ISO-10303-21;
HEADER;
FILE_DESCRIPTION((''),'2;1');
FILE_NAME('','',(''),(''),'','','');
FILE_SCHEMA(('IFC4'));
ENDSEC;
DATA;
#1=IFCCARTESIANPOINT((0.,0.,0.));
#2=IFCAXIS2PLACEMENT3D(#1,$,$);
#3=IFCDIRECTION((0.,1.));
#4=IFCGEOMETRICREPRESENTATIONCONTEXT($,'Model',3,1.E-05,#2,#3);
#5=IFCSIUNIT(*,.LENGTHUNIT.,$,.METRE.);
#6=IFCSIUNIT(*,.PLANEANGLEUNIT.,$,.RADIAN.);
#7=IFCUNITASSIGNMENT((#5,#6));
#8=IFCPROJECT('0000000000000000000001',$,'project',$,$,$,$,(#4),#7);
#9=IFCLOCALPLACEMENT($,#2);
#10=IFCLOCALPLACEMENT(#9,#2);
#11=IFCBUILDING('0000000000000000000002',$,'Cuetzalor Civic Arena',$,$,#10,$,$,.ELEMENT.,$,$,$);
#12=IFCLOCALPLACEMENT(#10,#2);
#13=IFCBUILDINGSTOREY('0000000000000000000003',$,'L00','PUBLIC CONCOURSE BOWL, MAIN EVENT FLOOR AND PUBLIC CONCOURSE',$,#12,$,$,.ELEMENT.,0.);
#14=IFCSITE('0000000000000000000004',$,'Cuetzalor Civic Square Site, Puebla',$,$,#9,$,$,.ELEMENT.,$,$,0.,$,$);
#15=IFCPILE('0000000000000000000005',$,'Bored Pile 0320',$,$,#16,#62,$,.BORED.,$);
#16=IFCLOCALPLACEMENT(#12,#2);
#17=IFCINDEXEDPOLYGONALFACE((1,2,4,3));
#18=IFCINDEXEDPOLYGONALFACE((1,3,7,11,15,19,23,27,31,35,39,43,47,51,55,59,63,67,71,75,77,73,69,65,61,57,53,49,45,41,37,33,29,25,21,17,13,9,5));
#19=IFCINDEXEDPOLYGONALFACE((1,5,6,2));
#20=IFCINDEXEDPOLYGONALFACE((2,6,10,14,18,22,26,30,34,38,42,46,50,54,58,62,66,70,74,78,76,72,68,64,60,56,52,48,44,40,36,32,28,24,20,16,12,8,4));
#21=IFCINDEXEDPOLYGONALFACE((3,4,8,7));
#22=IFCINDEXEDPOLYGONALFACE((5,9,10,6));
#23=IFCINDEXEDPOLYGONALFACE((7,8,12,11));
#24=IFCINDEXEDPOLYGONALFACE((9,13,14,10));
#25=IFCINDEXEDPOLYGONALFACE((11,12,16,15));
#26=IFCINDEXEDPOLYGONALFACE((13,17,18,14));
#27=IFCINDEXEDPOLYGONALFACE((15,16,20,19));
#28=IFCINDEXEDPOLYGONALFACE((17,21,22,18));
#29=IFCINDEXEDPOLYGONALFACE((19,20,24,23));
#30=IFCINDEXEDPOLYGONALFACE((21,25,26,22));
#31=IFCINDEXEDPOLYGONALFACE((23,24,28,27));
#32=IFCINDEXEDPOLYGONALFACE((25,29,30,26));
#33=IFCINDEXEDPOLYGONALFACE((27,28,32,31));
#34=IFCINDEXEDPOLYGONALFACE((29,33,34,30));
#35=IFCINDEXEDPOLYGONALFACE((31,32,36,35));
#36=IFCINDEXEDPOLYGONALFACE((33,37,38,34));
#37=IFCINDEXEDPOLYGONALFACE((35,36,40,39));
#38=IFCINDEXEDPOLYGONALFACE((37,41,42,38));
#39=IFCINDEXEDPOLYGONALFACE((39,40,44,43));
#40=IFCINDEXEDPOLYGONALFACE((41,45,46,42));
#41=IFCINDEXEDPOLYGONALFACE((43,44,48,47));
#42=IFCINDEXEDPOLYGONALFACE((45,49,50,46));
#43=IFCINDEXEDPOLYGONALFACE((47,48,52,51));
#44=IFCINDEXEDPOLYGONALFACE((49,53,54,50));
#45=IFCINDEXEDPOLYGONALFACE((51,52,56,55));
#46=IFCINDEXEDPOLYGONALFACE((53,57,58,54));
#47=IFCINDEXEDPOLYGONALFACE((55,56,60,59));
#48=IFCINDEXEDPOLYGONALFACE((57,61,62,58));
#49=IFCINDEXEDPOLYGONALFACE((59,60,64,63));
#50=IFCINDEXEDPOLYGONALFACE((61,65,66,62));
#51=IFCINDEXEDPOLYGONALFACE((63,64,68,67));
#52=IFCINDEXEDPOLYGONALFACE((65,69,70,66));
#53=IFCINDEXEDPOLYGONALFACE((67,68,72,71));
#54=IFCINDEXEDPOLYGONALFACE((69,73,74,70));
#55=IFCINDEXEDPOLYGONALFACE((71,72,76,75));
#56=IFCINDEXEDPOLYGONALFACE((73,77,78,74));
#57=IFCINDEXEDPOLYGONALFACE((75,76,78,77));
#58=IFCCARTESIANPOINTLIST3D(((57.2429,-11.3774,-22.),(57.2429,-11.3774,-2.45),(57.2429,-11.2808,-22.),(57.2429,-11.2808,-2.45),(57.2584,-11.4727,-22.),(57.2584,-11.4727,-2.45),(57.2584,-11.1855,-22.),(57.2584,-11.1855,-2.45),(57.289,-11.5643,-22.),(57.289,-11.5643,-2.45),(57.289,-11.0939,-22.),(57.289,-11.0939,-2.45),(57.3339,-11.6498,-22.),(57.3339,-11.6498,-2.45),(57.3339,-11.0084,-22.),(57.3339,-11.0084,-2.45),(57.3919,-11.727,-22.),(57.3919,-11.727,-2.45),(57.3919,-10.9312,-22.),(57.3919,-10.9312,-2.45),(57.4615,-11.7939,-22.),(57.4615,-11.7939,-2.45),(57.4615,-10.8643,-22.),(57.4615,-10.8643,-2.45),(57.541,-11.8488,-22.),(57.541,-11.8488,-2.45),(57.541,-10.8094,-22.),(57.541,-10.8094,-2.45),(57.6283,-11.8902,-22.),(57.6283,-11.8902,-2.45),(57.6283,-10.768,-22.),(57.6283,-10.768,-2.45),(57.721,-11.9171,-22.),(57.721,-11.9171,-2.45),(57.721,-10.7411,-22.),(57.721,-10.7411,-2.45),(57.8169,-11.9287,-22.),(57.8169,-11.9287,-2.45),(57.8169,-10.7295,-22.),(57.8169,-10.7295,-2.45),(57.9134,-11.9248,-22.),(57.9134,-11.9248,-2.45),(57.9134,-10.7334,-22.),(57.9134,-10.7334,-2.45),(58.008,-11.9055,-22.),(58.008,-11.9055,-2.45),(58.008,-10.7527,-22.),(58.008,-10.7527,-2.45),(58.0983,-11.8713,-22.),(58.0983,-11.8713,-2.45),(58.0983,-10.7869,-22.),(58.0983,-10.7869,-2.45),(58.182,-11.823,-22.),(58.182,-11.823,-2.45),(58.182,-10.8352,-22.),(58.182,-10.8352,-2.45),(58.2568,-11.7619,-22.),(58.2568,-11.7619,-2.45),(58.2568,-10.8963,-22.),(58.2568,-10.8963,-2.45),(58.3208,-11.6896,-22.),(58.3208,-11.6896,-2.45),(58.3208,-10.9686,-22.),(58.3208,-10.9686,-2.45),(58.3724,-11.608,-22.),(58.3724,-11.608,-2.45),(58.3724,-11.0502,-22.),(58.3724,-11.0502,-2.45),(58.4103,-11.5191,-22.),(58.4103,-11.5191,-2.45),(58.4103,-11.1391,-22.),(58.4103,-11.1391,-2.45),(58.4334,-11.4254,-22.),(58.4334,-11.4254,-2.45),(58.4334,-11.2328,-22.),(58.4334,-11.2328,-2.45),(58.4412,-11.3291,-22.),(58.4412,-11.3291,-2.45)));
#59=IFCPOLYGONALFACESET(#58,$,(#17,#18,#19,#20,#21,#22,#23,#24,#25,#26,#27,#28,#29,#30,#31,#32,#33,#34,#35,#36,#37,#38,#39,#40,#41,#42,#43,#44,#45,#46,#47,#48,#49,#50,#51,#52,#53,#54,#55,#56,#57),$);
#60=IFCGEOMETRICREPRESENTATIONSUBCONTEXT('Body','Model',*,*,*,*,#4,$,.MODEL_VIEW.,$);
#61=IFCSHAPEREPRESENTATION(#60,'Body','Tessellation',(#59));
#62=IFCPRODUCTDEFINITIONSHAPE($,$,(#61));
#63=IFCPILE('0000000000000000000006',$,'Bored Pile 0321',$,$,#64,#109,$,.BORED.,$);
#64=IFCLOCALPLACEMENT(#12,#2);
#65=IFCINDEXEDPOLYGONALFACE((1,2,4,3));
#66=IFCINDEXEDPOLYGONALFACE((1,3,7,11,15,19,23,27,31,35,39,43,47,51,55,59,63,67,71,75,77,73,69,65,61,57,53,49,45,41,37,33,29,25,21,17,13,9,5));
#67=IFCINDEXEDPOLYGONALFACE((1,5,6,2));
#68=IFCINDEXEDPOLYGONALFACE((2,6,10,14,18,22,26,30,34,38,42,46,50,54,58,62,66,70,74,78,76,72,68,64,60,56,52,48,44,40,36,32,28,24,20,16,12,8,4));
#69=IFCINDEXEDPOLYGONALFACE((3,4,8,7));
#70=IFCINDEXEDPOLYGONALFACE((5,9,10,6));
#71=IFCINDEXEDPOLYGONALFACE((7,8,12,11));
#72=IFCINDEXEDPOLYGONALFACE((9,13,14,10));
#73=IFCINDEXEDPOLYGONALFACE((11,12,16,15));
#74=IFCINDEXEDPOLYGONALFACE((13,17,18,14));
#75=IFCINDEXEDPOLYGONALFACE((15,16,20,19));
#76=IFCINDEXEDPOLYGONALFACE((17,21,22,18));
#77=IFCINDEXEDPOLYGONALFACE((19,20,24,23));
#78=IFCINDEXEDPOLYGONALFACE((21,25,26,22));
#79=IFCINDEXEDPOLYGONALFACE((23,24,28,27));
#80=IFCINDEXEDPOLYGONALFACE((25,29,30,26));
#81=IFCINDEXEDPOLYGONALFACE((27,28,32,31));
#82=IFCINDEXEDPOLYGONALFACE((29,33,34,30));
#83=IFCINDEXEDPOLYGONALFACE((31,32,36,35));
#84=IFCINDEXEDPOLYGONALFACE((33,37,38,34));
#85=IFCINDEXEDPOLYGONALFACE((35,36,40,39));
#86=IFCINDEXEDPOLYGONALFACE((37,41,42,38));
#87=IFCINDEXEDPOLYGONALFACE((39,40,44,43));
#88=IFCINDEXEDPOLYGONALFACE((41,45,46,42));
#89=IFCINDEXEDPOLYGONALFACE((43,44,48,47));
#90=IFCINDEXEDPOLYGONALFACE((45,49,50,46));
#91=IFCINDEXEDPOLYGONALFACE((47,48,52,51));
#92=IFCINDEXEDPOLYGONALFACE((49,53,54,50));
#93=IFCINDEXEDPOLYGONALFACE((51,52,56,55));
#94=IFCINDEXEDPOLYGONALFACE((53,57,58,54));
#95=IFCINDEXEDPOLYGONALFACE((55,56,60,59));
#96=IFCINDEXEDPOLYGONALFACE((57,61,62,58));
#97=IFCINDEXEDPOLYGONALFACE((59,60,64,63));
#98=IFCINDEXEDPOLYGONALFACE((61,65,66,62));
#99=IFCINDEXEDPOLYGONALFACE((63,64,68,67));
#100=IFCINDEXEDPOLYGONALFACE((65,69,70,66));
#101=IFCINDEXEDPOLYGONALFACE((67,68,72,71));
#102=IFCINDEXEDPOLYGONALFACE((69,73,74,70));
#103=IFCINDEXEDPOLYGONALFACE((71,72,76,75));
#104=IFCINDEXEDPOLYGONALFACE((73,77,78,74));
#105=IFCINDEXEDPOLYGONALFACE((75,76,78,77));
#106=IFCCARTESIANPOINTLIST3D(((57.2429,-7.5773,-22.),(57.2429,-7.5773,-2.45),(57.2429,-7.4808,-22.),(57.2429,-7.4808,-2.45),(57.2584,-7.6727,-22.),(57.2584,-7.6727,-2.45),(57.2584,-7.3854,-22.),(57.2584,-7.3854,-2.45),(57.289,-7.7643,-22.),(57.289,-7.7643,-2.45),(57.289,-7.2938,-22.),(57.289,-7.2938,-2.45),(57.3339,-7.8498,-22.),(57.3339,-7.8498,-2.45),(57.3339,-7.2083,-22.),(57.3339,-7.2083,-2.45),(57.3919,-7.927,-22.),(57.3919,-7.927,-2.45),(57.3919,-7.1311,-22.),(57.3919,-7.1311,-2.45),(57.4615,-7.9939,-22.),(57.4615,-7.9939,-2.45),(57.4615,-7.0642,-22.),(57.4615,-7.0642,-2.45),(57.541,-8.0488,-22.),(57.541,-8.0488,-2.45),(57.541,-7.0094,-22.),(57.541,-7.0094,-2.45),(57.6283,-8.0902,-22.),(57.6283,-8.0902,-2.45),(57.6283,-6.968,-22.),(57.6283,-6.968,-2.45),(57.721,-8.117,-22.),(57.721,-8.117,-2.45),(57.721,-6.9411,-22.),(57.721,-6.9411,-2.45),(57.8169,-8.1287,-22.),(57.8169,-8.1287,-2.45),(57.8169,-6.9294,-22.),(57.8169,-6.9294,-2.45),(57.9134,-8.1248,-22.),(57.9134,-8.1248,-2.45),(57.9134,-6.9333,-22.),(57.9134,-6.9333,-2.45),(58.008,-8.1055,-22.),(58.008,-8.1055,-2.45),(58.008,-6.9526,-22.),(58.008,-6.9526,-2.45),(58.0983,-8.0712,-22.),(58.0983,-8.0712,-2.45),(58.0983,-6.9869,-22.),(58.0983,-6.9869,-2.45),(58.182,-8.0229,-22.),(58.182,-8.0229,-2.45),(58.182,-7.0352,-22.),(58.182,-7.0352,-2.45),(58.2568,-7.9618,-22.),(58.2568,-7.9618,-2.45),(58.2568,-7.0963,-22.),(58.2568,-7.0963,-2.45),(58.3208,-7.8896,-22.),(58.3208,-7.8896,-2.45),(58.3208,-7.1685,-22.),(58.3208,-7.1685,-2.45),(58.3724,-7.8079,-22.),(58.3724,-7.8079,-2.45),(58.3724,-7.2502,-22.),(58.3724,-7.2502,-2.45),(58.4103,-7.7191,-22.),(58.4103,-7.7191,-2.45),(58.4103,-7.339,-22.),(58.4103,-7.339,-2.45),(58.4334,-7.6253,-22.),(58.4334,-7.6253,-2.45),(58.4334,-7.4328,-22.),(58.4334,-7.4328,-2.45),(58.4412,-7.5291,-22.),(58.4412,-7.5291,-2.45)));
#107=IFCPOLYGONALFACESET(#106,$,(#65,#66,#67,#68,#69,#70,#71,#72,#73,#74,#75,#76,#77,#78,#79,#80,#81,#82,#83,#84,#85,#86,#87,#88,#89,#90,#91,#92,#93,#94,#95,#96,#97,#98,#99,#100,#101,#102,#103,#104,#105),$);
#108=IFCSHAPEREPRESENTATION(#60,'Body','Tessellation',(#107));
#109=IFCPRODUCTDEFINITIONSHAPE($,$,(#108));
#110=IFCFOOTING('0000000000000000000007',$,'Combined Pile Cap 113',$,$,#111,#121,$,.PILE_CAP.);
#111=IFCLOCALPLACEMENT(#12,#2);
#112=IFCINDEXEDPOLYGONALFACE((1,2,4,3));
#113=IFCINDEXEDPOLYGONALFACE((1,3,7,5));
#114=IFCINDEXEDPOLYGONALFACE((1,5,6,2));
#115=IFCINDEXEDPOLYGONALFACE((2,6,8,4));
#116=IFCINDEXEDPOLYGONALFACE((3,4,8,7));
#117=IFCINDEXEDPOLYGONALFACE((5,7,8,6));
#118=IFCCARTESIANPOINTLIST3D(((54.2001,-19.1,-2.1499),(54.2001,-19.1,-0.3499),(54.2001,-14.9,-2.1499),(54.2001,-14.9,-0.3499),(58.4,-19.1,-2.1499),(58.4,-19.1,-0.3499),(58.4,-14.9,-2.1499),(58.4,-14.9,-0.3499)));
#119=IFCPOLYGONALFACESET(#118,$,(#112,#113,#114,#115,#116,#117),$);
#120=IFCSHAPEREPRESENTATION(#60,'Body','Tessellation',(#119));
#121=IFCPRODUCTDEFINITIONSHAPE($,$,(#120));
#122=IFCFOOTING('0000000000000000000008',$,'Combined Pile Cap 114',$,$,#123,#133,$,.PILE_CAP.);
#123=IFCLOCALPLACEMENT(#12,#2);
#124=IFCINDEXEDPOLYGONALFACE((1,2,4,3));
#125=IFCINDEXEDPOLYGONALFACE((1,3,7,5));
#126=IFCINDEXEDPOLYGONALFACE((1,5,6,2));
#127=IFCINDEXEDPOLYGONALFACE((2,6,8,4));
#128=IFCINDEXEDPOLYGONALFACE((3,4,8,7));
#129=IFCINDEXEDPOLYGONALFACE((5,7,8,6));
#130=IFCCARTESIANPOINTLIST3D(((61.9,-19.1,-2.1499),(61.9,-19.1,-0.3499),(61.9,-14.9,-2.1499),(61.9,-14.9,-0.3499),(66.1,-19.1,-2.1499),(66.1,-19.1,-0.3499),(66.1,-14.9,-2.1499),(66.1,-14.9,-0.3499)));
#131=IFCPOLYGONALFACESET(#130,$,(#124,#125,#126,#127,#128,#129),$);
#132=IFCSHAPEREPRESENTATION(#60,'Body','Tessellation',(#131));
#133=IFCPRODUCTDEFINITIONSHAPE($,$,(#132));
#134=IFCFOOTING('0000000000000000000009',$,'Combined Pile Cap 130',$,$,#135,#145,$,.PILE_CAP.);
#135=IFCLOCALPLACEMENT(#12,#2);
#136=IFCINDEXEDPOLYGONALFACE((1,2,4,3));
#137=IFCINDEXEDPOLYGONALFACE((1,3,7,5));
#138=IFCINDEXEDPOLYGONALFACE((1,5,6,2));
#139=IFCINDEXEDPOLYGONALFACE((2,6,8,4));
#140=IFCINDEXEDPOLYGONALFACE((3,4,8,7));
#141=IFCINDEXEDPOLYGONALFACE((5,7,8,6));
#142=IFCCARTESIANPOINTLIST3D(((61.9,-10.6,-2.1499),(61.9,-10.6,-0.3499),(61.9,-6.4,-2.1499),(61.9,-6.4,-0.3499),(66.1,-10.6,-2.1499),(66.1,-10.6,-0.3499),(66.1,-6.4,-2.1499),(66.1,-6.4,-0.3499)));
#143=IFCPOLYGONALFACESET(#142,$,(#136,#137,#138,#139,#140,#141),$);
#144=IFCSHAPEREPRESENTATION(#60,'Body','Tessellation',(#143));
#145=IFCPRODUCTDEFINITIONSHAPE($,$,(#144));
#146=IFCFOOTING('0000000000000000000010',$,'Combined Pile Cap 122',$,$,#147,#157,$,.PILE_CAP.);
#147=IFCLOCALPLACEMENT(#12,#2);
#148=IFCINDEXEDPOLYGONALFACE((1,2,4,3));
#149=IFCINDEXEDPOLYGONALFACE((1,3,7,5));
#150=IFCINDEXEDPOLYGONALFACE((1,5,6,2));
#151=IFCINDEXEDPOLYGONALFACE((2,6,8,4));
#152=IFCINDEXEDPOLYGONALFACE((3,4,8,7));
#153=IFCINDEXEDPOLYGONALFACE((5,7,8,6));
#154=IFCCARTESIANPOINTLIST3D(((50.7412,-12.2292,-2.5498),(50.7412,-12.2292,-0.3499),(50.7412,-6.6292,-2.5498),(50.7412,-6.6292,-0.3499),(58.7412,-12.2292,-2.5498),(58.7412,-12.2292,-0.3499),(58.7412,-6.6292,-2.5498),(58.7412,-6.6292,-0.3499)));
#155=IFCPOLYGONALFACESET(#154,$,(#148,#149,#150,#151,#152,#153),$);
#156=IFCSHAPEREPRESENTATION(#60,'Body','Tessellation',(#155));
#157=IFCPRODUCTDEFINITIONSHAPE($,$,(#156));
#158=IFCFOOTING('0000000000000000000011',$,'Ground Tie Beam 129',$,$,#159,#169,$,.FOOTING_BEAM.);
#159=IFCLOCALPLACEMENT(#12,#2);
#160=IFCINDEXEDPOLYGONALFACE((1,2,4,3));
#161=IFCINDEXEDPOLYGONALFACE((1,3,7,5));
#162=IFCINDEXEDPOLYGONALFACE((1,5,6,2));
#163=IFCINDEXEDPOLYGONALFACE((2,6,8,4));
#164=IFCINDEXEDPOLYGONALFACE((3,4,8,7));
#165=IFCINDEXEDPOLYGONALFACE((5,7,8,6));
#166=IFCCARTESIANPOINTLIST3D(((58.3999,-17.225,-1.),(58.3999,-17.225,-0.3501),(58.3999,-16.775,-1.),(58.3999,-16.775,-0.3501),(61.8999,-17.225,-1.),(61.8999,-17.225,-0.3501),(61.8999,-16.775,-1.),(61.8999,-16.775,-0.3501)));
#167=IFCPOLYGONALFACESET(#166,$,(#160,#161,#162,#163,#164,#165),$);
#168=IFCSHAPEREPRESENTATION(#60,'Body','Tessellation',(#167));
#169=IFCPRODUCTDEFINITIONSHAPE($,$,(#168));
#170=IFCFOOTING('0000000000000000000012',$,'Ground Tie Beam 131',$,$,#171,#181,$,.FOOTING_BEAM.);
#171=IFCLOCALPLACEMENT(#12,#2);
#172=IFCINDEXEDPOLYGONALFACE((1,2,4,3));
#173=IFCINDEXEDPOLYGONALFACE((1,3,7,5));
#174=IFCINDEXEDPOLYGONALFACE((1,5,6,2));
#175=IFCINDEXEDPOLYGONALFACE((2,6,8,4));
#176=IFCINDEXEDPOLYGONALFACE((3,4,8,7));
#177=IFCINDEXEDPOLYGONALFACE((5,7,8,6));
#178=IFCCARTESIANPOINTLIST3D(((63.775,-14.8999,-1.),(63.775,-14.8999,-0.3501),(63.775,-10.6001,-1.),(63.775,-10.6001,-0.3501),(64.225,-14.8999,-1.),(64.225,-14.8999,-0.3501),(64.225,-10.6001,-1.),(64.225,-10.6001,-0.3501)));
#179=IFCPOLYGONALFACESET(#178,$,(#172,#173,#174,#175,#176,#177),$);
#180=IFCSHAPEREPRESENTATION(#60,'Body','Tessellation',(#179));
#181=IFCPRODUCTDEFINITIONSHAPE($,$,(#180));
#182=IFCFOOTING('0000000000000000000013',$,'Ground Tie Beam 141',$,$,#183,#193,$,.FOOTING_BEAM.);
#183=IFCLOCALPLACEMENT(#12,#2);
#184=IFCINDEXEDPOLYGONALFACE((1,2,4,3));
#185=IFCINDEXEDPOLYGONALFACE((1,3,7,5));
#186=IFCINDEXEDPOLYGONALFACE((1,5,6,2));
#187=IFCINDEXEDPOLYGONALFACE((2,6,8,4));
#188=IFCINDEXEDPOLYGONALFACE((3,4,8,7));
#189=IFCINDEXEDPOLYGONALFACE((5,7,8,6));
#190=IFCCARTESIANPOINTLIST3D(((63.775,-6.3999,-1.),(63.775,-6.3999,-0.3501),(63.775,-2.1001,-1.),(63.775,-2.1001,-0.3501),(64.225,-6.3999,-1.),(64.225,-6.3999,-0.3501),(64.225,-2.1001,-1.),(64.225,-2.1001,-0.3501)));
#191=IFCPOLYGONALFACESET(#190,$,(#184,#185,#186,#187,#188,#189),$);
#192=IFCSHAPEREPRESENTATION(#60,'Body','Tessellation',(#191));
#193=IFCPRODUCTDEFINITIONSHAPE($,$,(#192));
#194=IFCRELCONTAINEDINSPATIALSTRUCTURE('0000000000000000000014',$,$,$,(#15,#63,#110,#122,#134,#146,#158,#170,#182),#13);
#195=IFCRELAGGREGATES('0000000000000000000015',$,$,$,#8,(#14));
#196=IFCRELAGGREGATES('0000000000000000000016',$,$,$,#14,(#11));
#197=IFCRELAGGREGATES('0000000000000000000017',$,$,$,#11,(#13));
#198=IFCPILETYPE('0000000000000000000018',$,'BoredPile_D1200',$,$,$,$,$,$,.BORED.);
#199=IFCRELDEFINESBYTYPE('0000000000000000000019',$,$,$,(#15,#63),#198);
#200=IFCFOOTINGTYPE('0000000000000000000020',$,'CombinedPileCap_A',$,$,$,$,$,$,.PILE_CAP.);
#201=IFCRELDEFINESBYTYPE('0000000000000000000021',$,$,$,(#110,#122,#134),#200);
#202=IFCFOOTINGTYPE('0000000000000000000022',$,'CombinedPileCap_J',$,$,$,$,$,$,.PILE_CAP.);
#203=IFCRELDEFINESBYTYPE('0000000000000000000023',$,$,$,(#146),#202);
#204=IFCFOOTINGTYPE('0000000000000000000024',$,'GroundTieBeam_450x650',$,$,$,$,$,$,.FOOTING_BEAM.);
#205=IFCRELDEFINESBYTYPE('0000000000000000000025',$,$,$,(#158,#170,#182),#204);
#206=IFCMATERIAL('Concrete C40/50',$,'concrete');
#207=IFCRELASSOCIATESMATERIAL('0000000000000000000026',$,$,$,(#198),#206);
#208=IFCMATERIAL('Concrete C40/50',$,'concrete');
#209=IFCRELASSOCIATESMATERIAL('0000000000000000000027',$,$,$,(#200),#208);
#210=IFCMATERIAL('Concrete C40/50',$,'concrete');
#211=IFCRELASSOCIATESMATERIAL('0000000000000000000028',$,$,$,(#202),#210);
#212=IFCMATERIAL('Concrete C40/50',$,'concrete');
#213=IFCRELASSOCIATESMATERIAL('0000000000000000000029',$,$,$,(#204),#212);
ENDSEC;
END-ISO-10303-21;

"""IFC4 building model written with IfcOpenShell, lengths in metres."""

from ifc_helpers import new_model, si_unit, direction, frame, origin, origin_2d, place, context, subcontext, project, spatial, rectangle, circle, extrude, material, material_profile, profile_set, type_object, element, save


model = new_model("IFC4")

# Units and contexts
model_context = context("Model", 3, precision=1e-05, world=origin(), true_north=direction((0.0, 1.0)))
body_context = subcontext(model_context, "Body", "Model", "MODEL_VIEW")
ifc_project = project(units=[si_unit("LENGTHUNIT", "METRE"), si_unit("PLANEANGLEUNIT", "RADIAN")], contexts=[model_context])

# Site, building, storey
site_placement = place(None, origin())
site = spatial("IfcSite", under=ifc_project, at=site_placement, Name="Cuetzalor Civic Square Site, Puebla", CompositionType="ELEMENT", RefElevation=0.0)
building_placement = place(site_placement, origin())
building = spatial("IfcBuilding", under=site, at=building_placement, Name="Cuetzalor Civic Arena", CompositionType="ELEMENT")
storey_placement = place(building_placement, origin())
storey = spatial("IfcBuildingStorey", under=building, at=storey_placement, Name="L00", Description="PUBLIC CONCOURSE BOWL, MAIN EVENT FLOOR AND PUBLIC CONCOURSE", CompositionType="ELEMENT", Elevation=0.0)

# Piles
ifc_material_1 = material(Name="Concrete C40/50", Category="concrete")
ifc_material_profile_1 = material_profile(ifc_material_1, circle(Radius=0.6001, at=origin_2d()), Name="BORED PILE D1200")
ifc_profile_set_1 = profile_set([ifc_material_profile_1], Name="Concrete C40/50")
pile_type_1 = type_object("IfcPileType", Name="BoredPile_D1200", PredefinedType="BORED", material=ifc_profile_set_1)
for number, where, z_axis, x_axis, name in (
    (1, (57.8411, -11.3291, -2.45), (0.0, 0.0, -1.0), (1.0, 0.0, 0.0), "Bored Pile 0320"),
    (2, (57.8411, -7.5291, -2.45), (0.0, 0.0, -1.0), (1.0, 0.0, 0.0), "Bored Pile 0321"),
):
    element("IfcPile", number, at=place(storey_placement, frame(where, z_axis=z_axis, x_axis=x_axis)), inside=storey, type_object=pile_type_1, Name=name, PredefinedType="BORED", context=body_context, shape_type="SweptSolid", body=[
        extrude(circle(Radius=0.6001, at=origin_2d()), origin(), (0.0, 0.0, 1.0), 19.55),
    ])

# Footings
ifc_material_2 = material(Name="Concrete C40/50", Category="concrete")
footing_type_1 = type_object("IfcFootingType", Name="CombinedPileCap_A", PredefinedType="PILE_CAP", material=ifc_material_2)
for number, where, z_axis, x_axis, name in (
    (3, (56.3, -17.0, -2.1499), (0.0, 0.0, 1.0), (1.0, 0.0, 0.0), "Combined Pile Cap 113"),
    (4, (64.0, -17.0, -2.1499), (0.0, 0.0, 1.0), (1.0, 0.0, 0.0), "Combined Pile Cap 114"),
    (5, (64.0, -8.5, -2.1499), (0.0, 0.0, 1.0), (1.0, 0.0, 0.0), "Combined Pile Cap 130"),
):
    element("IfcFooting", number, at=place(storey_placement, frame(where, z_axis=z_axis, x_axis=x_axis)), inside=storey, type_object=footing_type_1, Name=name, PredefinedType="PILE_CAP", context=body_context, shape_type="SweptSolid", body=[
        extrude(rectangle(XDim=4.2, YDim=4.2, at=origin_2d()), origin(), (0.0, 0.0, 1.0), 1.8),
    ])
ifc_material_3 = material(Name="Concrete C40/50", Category="concrete")
footing_type_2 = type_object("IfcFootingType", Name="CombinedPileCap_J", PredefinedType="PILE_CAP", material=ifc_material_3)
footing_1_placement = place(storey_placement, frame((54.7412, -9.4292, -2.5498), z_axis=(0.0, 0.0, 1.0), x_axis=(1.0, 0.0, 0.0)))
element("IfcFooting", 6, at=footing_1_placement, inside=storey, type_object=footing_type_2, Name="Combined Pile Cap 122", PredefinedType="PILE_CAP", context=body_context, shape_type="SweptSolid", body=[
    extrude(rectangle(XDim=8.0, YDim=5.6001, at=origin_2d()), origin(), (0.0, 0.0, 1.0), 2.2),
])
ifc_material_4 = material(Name="Concrete C40/50", Category="concrete")
ifc_material_profile_2 = material_profile(ifc_material_4, rectangle(XDim=0.45, YDim=0.6499, at=origin_2d()), Name="RC 450x650")
ifc_profile_set_2 = profile_set([ifc_material_profile_2], Name="Concrete C40/50")
footing_type_3 = type_object("IfcFootingType", Name="GroundTieBeam_450x650", PredefinedType="FOOTING_BEAM", material=ifc_profile_set_2)
footing_2_placement = place(storey_placement, frame((58.3999, -17.0, -0.675), z_axis=(1.0, 0.0, 0.0), x_axis=(0.0, 1.0, 0.0)))
element("IfcFooting", 7, at=footing_2_placement, inside=storey, type_object=footing_type_3, Name="Ground Tie Beam 129", PredefinedType="FOOTING_BEAM", context=body_context, shape_type="SweptSolid", body=[
    extrude(rectangle(XDim=0.45, YDim=0.6499, at=origin_2d()), origin(), (0.0, 0.0, 1.0), 3.5),
])
for number, where, z_axis, x_axis, name in (
    (8, (64.0, -14.8999, -0.675), (0.0, 1.0, 0.0), (-1.0, 0.0, 0.0), "Ground Tie Beam 131"),
    (9, (64.0, -6.3999, -0.675), (0.0, 1.0, 0.0), (-1.0, 0.0, 0.0), "Ground Tie Beam 141"),
):
    element("IfcFooting", number, at=place(storey_placement, frame(where, z_axis=z_axis, x_axis=x_axis)), inside=storey, type_object=footing_type_3, Name=name, PredefinedType="FOOTING_BEAM", context=body_context, shape_type="SweptSolid", body=[
        extrude(rectangle(XDim=0.45, YDim=0.6499, at=origin_2d()), origin(), (0.0, 0.0, 1.0), 4.2998),
    ])

save(model, "model.ifc")
